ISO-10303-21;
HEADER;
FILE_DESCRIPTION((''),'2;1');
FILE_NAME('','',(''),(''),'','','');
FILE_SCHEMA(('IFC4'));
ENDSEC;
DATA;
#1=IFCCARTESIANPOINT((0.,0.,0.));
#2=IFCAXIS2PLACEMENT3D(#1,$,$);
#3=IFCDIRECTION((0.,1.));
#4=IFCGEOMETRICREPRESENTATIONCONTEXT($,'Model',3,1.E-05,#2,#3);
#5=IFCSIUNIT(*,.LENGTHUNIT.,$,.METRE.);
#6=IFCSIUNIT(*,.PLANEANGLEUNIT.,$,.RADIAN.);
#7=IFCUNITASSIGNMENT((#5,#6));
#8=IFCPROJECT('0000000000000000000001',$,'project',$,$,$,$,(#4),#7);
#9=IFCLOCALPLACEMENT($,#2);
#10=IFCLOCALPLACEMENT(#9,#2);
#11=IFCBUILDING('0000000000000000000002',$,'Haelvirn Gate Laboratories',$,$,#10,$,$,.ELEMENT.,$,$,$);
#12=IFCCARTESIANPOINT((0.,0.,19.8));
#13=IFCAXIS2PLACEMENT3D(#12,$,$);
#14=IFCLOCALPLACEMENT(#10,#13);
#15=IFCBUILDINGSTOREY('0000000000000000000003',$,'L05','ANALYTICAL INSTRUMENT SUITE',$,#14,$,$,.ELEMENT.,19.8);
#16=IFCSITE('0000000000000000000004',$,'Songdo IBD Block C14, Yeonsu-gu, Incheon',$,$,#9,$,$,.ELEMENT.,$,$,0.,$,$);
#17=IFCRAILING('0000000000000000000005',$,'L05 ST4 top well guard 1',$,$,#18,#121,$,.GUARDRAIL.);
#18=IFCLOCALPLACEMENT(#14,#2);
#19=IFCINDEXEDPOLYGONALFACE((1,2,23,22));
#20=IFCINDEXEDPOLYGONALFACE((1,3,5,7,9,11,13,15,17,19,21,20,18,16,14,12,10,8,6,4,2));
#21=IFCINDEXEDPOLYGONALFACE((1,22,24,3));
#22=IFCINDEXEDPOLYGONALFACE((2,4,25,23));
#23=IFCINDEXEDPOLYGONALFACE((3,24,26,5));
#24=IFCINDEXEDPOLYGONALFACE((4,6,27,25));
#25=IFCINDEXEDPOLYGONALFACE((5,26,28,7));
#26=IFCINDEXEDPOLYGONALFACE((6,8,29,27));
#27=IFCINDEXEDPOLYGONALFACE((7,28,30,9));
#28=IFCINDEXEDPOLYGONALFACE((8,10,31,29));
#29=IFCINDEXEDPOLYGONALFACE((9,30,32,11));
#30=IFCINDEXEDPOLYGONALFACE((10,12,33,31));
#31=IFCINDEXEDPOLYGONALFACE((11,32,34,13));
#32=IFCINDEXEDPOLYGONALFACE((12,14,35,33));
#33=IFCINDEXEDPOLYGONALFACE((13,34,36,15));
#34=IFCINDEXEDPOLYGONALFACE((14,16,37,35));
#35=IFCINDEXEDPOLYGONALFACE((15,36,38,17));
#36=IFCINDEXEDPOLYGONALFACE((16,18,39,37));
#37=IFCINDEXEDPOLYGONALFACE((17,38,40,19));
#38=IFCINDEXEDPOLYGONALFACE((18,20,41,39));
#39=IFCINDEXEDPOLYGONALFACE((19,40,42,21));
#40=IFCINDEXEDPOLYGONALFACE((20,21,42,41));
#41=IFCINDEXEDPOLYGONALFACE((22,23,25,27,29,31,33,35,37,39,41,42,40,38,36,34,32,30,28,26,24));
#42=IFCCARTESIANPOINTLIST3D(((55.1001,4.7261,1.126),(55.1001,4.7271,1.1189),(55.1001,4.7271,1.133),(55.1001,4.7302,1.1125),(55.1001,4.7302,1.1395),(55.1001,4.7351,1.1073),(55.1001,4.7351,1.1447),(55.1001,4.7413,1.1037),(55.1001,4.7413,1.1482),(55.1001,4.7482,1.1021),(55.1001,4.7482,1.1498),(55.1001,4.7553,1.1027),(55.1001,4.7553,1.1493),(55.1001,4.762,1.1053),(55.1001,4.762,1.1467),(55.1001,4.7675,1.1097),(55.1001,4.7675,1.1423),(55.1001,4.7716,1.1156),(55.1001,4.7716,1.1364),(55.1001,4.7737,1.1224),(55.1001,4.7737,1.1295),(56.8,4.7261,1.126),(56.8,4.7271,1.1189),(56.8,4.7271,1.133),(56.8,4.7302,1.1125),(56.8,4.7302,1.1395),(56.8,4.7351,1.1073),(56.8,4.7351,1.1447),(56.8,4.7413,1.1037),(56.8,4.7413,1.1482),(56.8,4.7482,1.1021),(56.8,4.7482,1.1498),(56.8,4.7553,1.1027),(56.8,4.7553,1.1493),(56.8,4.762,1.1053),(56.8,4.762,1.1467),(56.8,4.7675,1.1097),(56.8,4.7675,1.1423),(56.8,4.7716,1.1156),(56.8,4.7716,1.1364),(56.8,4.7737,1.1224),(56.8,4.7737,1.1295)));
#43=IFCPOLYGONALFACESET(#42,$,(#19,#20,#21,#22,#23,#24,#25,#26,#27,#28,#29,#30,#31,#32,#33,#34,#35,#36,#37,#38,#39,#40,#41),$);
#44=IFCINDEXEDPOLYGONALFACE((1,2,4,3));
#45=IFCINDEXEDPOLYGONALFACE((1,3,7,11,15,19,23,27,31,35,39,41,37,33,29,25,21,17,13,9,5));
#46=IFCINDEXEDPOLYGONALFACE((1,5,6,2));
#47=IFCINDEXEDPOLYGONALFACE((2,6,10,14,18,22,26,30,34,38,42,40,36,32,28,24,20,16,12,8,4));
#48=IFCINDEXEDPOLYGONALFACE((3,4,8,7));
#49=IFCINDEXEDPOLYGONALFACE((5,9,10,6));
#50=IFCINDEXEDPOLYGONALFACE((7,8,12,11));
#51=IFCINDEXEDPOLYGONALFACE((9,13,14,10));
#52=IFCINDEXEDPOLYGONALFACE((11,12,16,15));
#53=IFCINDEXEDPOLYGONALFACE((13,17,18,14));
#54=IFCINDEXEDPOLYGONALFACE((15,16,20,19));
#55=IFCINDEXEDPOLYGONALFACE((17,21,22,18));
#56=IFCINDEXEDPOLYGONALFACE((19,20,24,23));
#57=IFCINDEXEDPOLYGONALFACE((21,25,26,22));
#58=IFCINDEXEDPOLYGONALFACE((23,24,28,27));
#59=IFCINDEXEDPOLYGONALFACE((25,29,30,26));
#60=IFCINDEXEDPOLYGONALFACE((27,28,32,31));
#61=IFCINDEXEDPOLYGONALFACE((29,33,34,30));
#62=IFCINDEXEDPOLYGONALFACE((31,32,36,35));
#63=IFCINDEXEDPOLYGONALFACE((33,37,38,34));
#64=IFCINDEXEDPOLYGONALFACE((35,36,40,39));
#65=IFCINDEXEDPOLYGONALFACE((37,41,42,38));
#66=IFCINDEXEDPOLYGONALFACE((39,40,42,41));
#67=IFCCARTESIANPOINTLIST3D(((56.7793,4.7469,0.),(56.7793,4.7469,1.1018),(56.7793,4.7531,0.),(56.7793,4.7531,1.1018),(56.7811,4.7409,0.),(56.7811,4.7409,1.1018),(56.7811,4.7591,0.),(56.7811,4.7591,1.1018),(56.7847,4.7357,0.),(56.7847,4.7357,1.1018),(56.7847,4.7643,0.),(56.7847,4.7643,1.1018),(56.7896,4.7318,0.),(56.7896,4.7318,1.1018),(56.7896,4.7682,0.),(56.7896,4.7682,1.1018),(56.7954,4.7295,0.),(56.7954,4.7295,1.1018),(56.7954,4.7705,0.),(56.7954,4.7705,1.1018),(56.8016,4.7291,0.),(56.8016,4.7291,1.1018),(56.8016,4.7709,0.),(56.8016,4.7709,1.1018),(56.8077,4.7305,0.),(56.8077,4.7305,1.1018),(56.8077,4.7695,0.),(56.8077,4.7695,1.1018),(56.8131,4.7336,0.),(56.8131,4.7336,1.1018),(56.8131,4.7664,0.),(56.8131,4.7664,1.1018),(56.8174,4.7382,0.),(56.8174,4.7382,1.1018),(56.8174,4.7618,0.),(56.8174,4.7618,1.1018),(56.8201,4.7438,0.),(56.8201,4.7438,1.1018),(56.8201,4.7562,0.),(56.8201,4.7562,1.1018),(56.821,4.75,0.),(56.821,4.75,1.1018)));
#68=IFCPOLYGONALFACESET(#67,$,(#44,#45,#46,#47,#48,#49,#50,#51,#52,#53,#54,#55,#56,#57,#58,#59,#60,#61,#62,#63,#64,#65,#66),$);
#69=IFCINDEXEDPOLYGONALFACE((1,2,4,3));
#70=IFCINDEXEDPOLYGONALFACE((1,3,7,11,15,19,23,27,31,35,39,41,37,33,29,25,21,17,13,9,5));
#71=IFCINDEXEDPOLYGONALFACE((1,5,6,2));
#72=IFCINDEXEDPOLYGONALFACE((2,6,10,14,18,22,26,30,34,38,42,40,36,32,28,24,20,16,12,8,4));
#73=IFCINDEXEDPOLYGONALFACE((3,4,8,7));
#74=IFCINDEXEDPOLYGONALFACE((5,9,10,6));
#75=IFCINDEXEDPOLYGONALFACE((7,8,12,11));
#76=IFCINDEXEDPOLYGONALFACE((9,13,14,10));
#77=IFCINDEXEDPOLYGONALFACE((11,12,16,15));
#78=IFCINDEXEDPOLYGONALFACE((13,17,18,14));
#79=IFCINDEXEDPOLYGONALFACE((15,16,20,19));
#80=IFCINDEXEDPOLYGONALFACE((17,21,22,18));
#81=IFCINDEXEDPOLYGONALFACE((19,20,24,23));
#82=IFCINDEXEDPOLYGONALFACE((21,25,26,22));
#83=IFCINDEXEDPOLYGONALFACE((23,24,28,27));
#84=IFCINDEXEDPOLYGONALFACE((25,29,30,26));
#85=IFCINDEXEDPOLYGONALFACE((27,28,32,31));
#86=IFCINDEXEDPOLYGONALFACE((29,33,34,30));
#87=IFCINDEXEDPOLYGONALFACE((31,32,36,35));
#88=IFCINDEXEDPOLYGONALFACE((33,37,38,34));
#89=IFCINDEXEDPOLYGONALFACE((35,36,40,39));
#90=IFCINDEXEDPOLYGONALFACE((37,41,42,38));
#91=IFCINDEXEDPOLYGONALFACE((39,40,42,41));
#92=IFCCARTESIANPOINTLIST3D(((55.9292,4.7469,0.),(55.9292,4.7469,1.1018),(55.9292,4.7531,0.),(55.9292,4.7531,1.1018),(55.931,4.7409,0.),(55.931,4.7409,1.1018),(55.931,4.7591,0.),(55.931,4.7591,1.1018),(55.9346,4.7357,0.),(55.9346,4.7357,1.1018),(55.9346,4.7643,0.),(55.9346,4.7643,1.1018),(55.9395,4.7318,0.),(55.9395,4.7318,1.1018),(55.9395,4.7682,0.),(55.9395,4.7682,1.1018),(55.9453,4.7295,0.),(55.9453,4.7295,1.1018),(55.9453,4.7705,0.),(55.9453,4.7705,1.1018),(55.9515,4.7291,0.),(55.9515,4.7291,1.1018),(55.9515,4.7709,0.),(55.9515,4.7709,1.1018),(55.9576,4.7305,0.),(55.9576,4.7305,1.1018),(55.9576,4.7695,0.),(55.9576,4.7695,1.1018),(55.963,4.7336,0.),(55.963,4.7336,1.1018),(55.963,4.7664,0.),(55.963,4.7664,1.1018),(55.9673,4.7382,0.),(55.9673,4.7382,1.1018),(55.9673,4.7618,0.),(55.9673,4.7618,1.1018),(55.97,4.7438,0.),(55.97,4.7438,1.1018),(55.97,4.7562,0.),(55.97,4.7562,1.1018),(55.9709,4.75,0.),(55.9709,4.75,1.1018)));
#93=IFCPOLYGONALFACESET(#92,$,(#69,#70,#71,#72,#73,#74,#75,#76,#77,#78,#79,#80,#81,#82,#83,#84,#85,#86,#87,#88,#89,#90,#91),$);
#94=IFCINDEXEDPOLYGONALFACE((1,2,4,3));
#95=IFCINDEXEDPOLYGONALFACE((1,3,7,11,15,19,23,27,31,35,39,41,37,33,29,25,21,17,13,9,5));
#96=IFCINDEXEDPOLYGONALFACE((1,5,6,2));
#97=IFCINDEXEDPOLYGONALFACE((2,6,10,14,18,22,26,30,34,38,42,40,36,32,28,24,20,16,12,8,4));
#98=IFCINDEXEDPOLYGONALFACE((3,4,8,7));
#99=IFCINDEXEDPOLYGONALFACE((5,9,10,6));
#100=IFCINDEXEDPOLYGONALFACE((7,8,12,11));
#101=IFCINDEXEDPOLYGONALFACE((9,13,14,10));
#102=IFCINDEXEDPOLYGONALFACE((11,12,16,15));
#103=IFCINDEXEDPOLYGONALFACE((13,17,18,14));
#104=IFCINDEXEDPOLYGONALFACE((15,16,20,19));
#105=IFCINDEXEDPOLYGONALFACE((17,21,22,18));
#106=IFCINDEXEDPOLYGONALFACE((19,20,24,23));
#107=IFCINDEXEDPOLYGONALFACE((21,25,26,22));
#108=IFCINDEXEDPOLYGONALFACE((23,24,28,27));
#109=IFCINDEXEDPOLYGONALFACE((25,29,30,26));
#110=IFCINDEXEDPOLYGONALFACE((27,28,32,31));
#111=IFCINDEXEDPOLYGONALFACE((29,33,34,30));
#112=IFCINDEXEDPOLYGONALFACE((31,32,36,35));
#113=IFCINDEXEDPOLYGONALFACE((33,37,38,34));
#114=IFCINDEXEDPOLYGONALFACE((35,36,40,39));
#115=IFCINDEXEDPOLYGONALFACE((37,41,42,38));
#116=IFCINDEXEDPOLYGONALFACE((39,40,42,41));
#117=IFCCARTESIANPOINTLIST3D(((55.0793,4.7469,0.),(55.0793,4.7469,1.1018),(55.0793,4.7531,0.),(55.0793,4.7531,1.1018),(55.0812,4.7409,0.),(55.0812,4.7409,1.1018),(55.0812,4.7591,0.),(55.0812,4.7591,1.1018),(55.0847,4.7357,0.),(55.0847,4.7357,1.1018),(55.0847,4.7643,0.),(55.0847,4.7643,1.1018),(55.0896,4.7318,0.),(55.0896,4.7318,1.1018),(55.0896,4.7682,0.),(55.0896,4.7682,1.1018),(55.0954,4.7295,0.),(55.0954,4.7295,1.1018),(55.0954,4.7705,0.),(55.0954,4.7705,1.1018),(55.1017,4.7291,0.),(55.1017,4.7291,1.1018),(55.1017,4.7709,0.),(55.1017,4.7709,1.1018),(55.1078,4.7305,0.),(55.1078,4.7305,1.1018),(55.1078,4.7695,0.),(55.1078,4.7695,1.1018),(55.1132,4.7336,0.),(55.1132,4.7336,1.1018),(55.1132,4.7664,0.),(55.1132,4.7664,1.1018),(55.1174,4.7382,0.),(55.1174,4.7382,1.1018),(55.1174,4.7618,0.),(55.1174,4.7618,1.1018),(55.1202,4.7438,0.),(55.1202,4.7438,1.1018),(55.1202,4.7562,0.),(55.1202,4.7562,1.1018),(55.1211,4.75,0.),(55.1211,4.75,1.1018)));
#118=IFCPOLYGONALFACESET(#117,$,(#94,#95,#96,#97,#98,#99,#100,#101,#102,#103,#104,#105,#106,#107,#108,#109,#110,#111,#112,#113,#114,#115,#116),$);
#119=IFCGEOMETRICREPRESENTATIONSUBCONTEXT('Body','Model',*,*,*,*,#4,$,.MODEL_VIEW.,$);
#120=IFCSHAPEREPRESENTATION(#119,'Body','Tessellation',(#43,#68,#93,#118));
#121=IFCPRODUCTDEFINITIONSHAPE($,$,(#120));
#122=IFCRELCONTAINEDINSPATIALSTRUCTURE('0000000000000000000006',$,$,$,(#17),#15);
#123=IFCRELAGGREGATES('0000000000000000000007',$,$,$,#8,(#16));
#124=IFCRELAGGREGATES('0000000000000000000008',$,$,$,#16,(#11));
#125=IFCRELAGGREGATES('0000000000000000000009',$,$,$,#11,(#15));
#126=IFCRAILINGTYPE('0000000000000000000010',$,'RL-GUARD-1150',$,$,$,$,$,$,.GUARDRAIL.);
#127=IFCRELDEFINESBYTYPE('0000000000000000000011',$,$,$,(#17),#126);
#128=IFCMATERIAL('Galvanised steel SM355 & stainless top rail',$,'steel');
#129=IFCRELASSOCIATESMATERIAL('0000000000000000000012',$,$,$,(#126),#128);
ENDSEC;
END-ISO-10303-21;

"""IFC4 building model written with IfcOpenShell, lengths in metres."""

from ifc_helpers import new_model, si_unit, direction, frame, origin, origin_2d, place, context, subcontext, project, spatial, circle, extrude, source, transform, mapped, material, type_object, type_shapes, element, save


model = new_model("IFC4")

# Units and contexts
model_context = context("Model", 3, precision=1e-05, world=origin(), true_north=direction((0.0, 1.0)))
body_context = subcontext(model_context, "Body", "Model", "MODEL_VIEW")
ifc_project = project(units=[si_unit("LENGTHUNIT", "METRE"), si_unit("PLANEANGLEUNIT", "RADIAN")], contexts=[model_context])

# Site, building, storey
site_placement = place(None, origin())
site = spatial("IfcSite", under=ifc_project, at=site_placement, Name="Songdo IBD Block C14, Yeonsu-gu, Incheon", CompositionType="ELEMENT", RefElevation=0.0)
building_placement = place(site_placement, origin())
building = spatial("IfcBuilding", under=site, at=building_placement, Name="Haelvirn Gate Laboratories", CompositionType="ELEMENT")
storey_placement = place(building_placement, frame((0.0, 0.0, 19.8)))
storey = spatial("IfcBuildingStorey", under=building, at=storey_placement, Name="L05", Description="ANALYTICAL INSTRUMENT SUITE", CompositionType="ELEMENT", Elevation=19.8)

# Railing
ifc_material_1 = material(Name="Galvanised steel SM355 & stainless top rail", Category="steel")
railing_type = type_object("IfcRailingType", Name="RL-GUARD-1150", PredefinedType="GUARDRAIL", material=ifc_material_1)
shared_shape_1 = source(origin(), body_context, "Body", "SweptSolid", [
    extrude(circle(Radius=0.0239, at=origin_2d()), frame((0.0, 0.0, 1.126), z_axis=(-1.0, 0.0, 0.0), x_axis=(0.0, -1.0, 0.0)), (0.0, 0.0, 1.0), 1.7),
    extrude(circle(Radius=0.021, at=origin_2d()), origin(), (0.0, 0.0, 1.0), 1.1018),
    extrude(circle(Radius=0.021, at=origin_2d()), frame((-0.8501, 0.0, 0.0)), (0.0, 0.0, 1.0), 1.1018),
    extrude(circle(Radius=0.021, at=origin_2d()), frame((-1.7, 0.0, 0.0)), (0.0, 0.0, 1.0), 1.1018),
])
type_shapes(railing_type, [shared_shape_1])
railing_placement = place(storey_placement, frame((56.8, 4.75, 0.0)))
element("IfcRailing", 1, at=railing_placement, inside=storey, type_object=railing_type, Name="L05 ST4 top well guard 1", PredefinedType="GUARDRAIL", context=body_context, shape_type="MappedRepresentation", body=[
    mapped(shared_shape_1, transform((0.0, 0.0, 0.0), scale=1.0)),
])

save(model, "model.ifc")
